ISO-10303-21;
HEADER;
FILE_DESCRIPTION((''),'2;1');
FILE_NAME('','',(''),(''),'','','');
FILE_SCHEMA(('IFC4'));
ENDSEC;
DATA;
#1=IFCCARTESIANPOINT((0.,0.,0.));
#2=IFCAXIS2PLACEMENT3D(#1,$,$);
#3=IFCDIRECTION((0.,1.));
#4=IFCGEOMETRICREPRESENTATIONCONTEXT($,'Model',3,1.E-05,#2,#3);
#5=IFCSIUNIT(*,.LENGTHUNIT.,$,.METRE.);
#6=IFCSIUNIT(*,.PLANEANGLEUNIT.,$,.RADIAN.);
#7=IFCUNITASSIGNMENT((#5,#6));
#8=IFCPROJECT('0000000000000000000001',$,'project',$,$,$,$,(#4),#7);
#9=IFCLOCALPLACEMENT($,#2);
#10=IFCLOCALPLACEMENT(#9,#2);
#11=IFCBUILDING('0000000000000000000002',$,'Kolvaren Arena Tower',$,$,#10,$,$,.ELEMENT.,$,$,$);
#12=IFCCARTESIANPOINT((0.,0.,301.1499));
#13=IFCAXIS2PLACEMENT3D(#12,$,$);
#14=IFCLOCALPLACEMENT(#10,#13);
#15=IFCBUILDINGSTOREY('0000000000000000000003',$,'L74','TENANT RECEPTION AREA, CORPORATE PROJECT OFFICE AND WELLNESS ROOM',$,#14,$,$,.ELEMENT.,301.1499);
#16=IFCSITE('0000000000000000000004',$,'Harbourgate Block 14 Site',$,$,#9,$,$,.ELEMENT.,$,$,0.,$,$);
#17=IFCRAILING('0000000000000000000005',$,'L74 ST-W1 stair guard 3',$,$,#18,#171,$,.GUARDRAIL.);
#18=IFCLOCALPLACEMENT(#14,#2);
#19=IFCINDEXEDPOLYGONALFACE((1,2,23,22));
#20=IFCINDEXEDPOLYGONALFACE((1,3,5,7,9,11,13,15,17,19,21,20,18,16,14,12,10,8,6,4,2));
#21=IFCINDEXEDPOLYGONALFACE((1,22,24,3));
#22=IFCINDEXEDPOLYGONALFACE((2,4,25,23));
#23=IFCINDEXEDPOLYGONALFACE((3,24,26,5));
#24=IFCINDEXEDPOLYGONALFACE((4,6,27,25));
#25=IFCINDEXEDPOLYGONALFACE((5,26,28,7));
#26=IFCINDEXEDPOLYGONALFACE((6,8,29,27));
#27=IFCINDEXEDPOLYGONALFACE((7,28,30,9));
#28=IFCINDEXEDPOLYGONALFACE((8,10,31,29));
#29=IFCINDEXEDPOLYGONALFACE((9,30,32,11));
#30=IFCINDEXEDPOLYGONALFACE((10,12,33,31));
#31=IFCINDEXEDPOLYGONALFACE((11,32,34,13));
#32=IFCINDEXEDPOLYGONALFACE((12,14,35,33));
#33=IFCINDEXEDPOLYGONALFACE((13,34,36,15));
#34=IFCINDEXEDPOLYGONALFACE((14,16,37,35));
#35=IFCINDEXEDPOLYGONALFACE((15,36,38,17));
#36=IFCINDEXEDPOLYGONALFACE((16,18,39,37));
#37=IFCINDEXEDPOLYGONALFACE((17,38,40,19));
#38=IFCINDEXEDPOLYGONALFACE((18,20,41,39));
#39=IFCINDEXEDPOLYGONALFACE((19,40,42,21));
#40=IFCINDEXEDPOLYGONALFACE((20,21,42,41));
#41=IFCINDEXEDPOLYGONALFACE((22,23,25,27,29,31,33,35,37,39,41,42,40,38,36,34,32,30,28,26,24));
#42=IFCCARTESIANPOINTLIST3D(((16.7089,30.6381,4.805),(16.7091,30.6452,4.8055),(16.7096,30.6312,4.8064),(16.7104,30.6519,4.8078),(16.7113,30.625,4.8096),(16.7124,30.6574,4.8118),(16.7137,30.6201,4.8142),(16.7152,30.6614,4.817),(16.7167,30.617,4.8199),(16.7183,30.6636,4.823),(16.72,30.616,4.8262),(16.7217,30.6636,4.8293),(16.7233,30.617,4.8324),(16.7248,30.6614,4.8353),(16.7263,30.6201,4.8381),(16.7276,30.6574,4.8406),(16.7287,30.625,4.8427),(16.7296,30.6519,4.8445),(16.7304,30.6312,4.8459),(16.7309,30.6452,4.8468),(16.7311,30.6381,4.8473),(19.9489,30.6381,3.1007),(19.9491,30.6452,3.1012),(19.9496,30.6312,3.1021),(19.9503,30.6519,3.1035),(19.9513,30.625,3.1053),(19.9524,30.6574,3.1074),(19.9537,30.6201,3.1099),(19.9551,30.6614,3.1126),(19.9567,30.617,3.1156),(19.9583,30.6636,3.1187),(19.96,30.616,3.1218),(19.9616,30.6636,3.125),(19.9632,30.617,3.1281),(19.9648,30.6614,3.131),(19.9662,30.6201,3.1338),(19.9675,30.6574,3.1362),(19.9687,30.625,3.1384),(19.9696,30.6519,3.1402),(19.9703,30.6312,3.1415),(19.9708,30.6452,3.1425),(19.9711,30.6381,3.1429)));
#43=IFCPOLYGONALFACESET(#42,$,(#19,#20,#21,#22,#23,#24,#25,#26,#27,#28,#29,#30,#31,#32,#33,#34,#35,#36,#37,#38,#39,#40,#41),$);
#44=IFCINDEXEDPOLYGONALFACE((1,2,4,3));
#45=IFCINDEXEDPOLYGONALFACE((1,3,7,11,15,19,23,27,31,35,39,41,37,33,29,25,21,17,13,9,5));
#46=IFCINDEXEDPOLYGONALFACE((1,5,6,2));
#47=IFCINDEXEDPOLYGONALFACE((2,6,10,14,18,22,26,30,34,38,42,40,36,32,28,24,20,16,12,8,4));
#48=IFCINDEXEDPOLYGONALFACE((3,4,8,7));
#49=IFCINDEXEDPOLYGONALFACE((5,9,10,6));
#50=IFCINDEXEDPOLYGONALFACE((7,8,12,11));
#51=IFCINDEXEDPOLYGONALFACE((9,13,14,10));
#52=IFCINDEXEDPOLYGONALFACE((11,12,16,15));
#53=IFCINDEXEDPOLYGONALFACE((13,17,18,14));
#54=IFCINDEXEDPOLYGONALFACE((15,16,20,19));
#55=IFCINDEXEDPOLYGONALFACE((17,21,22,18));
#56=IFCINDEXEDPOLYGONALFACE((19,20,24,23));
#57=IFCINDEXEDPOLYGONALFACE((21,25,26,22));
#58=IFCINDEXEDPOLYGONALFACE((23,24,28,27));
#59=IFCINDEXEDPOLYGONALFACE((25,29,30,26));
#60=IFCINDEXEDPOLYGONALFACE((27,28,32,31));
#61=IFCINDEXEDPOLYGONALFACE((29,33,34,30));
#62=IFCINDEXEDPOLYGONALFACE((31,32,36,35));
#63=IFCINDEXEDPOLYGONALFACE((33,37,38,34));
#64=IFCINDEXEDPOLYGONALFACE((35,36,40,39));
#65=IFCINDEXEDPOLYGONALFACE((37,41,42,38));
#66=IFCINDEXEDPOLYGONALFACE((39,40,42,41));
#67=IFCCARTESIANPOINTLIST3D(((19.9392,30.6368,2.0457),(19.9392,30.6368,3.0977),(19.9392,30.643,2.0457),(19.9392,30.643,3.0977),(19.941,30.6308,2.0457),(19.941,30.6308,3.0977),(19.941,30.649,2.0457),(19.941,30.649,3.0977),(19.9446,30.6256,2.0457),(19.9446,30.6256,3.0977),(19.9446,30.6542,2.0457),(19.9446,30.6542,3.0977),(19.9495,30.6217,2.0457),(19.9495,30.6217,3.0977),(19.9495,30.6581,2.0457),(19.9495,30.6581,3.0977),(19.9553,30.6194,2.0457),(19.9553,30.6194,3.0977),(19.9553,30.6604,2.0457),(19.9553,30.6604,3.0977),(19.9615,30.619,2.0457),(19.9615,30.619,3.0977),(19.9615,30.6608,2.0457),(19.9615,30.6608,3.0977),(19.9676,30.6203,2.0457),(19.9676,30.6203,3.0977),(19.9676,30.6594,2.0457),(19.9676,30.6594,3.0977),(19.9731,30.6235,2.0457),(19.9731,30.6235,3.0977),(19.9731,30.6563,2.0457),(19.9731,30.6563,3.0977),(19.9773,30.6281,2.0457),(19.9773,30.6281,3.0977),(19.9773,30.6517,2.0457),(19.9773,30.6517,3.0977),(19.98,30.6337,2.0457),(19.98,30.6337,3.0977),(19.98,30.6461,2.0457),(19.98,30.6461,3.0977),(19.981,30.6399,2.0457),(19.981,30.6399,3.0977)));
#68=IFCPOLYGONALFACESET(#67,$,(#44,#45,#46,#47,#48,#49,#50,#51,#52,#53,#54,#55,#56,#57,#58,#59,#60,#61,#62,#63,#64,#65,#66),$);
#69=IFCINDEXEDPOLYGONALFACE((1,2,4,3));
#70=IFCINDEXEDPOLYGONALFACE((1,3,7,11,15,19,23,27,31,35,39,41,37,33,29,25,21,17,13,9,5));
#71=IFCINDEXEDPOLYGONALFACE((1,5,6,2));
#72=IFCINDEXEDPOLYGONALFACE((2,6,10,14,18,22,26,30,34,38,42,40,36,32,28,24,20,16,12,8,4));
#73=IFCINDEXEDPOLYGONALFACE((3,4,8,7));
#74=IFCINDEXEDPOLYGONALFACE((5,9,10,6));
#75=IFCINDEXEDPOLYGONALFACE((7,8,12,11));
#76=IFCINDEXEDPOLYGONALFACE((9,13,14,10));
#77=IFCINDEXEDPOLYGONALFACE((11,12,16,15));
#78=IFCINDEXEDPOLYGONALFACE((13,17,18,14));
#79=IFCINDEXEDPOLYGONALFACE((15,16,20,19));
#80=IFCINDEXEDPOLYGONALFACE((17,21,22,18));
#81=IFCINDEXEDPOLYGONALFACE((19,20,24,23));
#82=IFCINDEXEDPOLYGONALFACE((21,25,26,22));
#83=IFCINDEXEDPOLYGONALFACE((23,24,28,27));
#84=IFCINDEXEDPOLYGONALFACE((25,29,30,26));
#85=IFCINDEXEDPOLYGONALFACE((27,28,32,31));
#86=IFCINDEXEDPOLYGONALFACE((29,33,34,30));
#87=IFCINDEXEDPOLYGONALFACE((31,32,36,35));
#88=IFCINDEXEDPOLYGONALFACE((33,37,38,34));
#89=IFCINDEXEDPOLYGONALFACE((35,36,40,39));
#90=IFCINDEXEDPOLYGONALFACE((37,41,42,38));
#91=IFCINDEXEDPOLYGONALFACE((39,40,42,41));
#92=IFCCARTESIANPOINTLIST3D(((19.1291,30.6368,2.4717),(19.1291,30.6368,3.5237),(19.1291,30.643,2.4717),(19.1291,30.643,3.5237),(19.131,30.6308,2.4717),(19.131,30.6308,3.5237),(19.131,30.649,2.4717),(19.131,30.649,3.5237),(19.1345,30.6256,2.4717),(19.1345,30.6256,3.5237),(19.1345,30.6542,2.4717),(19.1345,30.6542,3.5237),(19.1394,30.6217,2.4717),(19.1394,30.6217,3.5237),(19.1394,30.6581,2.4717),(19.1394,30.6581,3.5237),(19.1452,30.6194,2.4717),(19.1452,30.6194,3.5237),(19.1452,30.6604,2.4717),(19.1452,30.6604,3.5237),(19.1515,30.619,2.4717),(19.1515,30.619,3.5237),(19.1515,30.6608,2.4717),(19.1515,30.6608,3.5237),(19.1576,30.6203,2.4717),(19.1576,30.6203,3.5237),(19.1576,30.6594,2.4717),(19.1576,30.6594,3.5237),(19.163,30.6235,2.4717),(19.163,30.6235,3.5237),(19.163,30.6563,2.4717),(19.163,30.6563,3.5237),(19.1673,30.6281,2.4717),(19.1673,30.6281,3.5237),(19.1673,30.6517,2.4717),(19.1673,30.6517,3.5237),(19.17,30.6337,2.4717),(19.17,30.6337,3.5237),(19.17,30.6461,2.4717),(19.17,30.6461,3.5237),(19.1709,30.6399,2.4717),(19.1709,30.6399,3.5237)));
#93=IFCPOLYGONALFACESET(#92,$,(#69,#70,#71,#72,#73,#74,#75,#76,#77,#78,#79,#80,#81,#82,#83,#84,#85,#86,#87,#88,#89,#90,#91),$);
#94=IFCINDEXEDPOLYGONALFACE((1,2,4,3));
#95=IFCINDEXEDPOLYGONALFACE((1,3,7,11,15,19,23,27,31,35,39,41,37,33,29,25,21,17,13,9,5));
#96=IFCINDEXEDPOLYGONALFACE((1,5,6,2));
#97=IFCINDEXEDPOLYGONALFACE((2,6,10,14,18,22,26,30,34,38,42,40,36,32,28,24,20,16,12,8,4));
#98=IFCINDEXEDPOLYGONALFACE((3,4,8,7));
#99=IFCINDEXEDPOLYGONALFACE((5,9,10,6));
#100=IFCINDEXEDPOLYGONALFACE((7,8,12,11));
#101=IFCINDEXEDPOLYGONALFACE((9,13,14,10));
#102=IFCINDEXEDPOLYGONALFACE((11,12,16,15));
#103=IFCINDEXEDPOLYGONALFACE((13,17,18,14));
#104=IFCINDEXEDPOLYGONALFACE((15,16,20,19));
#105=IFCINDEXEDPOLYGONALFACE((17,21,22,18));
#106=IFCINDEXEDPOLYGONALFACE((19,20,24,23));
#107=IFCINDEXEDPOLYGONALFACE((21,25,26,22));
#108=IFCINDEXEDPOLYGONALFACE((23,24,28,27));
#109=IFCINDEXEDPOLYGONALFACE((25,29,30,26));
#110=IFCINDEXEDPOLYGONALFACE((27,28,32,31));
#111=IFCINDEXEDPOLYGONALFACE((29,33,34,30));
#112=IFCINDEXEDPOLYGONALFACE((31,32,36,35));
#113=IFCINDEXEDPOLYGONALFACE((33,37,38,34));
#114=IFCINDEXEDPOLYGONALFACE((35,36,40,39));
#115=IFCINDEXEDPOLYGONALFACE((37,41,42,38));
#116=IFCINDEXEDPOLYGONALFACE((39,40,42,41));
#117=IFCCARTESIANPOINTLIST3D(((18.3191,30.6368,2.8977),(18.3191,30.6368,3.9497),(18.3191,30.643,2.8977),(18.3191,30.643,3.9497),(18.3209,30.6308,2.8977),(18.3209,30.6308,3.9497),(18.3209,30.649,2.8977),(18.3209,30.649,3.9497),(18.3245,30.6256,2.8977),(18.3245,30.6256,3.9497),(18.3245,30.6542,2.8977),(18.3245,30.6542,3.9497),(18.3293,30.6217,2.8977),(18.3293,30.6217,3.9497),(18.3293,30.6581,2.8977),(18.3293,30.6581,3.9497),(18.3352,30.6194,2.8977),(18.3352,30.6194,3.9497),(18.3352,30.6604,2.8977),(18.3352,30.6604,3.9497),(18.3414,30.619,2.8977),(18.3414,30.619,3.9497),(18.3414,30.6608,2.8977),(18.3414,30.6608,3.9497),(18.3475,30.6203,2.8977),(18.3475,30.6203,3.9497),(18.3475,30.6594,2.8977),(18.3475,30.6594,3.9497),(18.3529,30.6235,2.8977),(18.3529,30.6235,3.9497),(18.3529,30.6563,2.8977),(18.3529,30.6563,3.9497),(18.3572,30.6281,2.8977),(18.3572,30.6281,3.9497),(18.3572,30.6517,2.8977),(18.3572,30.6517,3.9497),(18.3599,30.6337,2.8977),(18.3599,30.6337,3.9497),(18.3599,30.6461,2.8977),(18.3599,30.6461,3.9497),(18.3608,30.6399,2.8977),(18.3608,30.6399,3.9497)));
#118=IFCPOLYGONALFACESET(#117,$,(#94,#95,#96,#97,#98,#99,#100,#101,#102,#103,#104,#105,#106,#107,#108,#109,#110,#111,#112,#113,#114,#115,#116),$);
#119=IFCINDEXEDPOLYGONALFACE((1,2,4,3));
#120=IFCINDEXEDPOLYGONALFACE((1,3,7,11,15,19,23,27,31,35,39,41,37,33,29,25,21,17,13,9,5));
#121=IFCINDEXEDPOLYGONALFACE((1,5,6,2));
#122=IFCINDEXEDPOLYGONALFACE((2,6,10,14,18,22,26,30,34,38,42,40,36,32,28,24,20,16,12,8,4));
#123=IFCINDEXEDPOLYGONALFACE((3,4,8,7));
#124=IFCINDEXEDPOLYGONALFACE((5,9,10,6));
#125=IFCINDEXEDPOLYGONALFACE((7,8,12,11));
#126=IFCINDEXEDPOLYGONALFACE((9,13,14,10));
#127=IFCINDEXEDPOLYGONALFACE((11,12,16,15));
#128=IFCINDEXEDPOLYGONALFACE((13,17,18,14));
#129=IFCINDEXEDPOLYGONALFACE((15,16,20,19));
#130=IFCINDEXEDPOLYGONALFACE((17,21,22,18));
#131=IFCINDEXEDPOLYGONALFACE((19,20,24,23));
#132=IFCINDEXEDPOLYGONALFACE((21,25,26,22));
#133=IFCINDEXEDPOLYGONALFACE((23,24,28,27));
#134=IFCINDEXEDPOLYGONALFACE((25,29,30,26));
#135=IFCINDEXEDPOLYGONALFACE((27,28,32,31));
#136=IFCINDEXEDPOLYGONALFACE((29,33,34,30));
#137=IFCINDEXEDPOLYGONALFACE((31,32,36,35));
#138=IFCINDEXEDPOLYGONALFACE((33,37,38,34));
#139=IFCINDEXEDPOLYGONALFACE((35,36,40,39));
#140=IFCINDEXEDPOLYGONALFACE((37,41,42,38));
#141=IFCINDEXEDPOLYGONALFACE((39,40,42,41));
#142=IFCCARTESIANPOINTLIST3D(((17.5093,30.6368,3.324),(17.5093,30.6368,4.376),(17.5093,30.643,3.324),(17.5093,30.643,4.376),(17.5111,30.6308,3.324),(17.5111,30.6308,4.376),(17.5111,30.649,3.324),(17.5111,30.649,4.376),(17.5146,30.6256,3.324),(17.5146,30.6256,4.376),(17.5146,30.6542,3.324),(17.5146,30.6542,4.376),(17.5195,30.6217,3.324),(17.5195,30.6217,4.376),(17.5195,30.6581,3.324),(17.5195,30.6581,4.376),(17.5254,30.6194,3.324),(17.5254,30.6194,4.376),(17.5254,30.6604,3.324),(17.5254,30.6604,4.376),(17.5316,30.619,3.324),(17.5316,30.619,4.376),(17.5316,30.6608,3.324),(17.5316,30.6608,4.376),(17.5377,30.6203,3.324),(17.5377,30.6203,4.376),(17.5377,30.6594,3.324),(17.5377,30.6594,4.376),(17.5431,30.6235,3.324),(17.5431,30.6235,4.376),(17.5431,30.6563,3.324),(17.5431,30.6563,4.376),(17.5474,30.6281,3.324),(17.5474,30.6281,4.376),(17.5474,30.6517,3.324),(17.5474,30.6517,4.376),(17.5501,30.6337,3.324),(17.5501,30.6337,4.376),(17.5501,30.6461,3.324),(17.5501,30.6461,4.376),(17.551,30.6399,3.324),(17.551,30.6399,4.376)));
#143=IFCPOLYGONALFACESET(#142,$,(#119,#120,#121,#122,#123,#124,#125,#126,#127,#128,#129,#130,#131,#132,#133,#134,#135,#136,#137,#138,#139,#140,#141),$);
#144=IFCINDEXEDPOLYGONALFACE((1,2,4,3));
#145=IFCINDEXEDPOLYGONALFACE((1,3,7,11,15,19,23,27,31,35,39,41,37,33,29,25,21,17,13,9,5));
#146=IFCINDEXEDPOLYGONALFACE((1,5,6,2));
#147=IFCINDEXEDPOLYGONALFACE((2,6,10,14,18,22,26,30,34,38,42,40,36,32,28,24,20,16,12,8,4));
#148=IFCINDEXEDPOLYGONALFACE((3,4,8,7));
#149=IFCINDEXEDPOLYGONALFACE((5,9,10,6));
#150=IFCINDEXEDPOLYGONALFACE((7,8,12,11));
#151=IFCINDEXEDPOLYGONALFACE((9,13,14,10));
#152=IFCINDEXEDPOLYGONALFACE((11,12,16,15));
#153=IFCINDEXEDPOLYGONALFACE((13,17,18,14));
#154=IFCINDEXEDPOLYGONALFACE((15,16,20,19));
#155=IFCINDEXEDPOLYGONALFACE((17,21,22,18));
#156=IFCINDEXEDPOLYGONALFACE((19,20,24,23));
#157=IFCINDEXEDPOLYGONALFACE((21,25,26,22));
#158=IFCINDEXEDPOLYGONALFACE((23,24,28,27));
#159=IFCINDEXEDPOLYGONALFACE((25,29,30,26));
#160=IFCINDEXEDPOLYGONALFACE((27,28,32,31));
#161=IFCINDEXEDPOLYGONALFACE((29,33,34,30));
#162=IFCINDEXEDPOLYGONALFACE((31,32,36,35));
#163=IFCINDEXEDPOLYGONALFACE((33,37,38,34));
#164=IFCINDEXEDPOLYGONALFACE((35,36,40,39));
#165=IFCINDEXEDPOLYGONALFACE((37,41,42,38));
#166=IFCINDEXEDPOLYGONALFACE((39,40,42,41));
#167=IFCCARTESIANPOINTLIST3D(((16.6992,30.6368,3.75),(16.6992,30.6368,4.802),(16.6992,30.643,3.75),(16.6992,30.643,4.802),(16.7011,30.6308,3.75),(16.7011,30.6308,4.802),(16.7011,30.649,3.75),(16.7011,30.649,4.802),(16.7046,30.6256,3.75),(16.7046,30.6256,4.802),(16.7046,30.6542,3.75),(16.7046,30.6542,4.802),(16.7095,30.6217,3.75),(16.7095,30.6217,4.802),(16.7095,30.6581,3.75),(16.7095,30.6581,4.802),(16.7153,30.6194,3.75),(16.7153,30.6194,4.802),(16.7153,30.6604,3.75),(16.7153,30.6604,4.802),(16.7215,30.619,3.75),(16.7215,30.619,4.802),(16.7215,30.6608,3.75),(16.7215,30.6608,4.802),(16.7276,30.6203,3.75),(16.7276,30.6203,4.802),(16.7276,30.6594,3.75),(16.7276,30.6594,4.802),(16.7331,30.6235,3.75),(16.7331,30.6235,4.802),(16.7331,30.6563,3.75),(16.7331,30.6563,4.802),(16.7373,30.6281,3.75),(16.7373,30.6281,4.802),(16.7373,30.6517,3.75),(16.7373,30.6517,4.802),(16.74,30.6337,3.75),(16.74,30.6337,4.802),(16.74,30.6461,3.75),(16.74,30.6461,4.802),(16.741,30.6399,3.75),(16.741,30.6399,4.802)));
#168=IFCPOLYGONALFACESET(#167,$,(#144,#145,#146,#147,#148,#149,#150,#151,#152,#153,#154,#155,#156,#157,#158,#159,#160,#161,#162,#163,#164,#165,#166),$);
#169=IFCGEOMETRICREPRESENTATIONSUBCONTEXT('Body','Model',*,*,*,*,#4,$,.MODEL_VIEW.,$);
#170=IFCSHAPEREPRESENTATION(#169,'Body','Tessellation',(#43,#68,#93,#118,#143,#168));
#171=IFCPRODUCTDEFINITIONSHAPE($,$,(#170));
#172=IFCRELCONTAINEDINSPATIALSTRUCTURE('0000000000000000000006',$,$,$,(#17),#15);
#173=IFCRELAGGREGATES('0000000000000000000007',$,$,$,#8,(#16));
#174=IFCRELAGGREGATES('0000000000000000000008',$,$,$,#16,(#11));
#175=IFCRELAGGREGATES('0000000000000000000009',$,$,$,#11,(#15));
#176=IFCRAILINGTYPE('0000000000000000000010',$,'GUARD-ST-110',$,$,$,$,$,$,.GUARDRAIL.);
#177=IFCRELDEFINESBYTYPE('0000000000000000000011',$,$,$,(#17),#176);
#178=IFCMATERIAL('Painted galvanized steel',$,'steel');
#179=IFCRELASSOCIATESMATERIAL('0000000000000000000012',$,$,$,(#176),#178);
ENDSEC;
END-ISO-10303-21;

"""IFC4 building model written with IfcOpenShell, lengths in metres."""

from ifc_helpers import new_model, si_unit, direction, frame, origin, origin_2d, place, context, subcontext, project, spatial, circle, extrude, material, type_object, element, save


model = new_model("IFC4")

# Units and contexts
model_context = context("Model", 3, precision=1e-05, world=origin(), true_north=direction((0.0, 1.0)))
body_context = subcontext(model_context, "Body", "Model", "MODEL_VIEW")
ifc_project = project(units=[si_unit("LENGTHUNIT", "METRE"), si_unit("PLANEANGLEUNIT", "RADIAN")], contexts=[model_context])

# Site, building, storey
site_placement = place(None, origin())
site = spatial("IfcSite", under=ifc_project, at=site_placement, Name="Harbourgate Block 14 Site", CompositionType="ELEMENT", RefElevation=0.0)
building_placement = place(site_placement, origin())
building = spatial("IfcBuilding", under=site, at=building_placement, Name="Kolvaren Arena Tower", CompositionType="ELEMENT")
storey_placement = place(building_placement, frame((0.0, 0.0, 301.1499)))
storey = spatial("IfcBuildingStorey", under=building, at=storey_placement, Name="L74", Description="TENANT RECEPTION AREA, CORPORATE PROJECT OFFICE AND WELLNESS ROOM", CompositionType="ELEMENT", Elevation=301.1499)

# Railing
ifc_material_1 = material(Name="Painted galvanized steel", Category="steel")
railing_type_1 = type_object("IfcRailingType", Name="GUARD-ST-110", PredefinedType="GUARDRAIL", material=ifc_material_1)
railing_1_placement = place(storey_placement, frame((19.96, 30.6399, 2.0457)))
element("IfcRailing", 1, at=railing_1_placement, inside=storey, type_object=railing_type_1, Name="L74 ST-W1 stair guard 3", PredefinedType="GUARDRAIL", context=body_context, shape_type="SweptSolid", body=[
    extrude(circle(Radius=0.0239, at=origin_2d()), frame((0.0, 0.0, 1.0762), z_axis=(-0.885021, 0.0, 0.465551), x_axis=(0.0, -1.0, 0.0)), (0.0, 0.0, 1.0), 3.6609),
    extrude(circle(Radius=0.021, at=origin_2d()), origin(), (0.0, 0.0, 1.0), 1.052),
    extrude(circle(Radius=0.021, at=origin_2d()), frame((-0.8101, 0.0, 0.426)), (0.0, 0.0, 1.0), 1.052),
    extrude(circle(Radius=0.021, at=origin_2d()), frame((-1.6201, 0.0, 0.8521)), (0.0, 0.0, 1.0), 1.052),
    extrude(circle(Radius=0.021, at=origin_2d()), frame((-2.4299, 0.0, 1.2783)), (0.0, 0.0, 1.0), 1.052),
    extrude(circle(Radius=0.021, at=origin_2d()), frame((-3.24, 0.0, 1.7043)), (0.0, 0.0, 1.0), 1.052),
])

save(model, "model.ifc")
